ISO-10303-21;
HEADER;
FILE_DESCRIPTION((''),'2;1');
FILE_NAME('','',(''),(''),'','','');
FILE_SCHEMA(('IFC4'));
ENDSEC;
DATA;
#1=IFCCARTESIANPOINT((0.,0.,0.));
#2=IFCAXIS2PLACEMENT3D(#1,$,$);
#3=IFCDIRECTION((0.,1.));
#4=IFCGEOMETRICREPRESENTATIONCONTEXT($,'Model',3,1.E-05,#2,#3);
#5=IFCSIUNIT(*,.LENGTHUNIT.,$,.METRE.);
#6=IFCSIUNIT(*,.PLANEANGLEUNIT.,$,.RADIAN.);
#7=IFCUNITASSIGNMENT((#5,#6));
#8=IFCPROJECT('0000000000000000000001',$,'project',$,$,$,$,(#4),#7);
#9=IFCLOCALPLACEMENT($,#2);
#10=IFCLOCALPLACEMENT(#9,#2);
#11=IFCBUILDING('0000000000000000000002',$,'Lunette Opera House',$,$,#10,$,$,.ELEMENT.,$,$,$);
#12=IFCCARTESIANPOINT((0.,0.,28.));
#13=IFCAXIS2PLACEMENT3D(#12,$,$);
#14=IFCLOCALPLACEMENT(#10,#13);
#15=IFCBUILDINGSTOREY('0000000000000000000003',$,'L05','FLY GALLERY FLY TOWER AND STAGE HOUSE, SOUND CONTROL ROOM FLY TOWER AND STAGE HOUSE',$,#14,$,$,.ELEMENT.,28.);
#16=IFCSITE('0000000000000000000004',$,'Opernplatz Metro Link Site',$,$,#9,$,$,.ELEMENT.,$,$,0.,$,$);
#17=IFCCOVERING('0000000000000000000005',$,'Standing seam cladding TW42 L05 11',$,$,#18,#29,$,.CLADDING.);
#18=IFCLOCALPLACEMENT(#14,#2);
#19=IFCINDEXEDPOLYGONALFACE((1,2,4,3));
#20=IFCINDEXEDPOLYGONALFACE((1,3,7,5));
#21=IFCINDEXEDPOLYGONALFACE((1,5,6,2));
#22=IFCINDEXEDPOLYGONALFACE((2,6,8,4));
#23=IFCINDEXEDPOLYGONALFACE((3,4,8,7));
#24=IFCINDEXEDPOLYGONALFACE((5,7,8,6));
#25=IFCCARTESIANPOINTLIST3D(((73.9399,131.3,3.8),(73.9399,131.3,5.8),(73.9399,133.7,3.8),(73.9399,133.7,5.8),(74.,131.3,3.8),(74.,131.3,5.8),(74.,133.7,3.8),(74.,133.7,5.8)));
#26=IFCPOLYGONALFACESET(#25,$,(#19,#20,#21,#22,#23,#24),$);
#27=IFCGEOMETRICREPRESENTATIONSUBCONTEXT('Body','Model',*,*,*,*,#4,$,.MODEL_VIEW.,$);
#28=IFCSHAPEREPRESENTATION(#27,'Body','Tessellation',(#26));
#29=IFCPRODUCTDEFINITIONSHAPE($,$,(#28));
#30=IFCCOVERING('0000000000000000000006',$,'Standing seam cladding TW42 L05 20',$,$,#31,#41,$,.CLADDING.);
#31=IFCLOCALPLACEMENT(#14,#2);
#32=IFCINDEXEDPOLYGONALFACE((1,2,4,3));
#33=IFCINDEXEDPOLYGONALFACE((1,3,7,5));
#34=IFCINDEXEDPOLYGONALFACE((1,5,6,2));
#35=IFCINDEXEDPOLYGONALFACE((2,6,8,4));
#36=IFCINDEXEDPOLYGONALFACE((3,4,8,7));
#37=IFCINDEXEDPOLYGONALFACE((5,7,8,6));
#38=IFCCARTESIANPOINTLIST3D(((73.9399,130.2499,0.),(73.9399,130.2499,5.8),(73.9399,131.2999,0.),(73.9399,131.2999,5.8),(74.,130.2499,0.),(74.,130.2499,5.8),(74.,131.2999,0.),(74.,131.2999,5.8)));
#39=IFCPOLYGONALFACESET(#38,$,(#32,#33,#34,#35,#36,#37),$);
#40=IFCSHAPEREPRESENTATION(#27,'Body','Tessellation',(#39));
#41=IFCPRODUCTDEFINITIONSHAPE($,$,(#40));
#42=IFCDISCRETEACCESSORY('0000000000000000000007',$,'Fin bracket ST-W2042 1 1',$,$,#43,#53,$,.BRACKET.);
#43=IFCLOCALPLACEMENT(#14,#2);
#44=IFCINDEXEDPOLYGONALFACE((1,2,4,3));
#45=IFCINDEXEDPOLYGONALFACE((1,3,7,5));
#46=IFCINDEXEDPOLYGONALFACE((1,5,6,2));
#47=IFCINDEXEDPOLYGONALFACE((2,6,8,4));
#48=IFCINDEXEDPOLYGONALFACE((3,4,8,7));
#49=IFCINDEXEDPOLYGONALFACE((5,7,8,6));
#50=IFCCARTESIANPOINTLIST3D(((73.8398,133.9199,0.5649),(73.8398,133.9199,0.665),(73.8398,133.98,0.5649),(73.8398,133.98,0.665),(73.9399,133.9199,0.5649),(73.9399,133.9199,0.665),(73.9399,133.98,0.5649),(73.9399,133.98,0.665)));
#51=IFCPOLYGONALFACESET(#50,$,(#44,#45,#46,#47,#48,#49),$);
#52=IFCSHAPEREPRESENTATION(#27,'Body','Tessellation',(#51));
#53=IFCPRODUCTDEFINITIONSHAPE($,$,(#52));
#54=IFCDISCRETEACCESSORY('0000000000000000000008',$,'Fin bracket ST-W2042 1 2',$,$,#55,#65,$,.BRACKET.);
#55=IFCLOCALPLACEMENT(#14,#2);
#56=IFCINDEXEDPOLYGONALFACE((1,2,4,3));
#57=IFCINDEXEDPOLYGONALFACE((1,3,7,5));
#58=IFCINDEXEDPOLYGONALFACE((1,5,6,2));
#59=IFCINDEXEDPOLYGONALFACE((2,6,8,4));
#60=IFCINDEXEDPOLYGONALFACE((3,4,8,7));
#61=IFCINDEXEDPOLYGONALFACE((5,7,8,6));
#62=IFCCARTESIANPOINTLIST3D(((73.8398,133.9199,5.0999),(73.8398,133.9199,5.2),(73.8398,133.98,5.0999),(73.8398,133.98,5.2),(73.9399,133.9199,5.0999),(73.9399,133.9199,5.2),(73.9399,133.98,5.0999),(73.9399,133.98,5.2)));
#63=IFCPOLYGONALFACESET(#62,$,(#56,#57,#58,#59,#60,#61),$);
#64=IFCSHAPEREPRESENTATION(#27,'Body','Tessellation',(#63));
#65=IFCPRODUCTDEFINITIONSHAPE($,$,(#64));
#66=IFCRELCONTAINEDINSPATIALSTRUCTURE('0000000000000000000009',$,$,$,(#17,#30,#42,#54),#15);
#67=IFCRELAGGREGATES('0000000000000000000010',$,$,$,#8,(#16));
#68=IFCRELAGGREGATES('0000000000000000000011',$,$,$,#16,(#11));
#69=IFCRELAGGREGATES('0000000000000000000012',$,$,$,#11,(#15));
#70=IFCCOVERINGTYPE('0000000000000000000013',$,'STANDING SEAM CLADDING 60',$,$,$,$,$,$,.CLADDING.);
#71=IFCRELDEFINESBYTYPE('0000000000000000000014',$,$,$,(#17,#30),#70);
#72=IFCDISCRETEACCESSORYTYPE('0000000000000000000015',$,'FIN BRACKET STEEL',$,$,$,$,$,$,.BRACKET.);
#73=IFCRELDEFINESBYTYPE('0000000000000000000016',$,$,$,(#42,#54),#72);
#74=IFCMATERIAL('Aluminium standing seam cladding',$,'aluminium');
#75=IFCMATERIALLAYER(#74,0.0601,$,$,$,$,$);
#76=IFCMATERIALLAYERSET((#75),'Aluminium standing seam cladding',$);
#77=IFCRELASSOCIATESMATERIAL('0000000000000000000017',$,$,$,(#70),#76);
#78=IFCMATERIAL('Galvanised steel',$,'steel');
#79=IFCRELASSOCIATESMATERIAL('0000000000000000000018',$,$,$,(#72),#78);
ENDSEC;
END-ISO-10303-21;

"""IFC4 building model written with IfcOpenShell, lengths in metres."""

from ifc_helpers import new_model, si_unit, direction, frame, origin, origin_2d, place, context, subcontext, project, spatial, rectangle, extrude, material, layer, layer_set, type_object, element, save


model = new_model("IFC4")

# Units and contexts
model_context = context("Model", 3, precision=1e-05, world=origin(), true_north=direction((0.0, 1.0)))
body_context = subcontext(model_context, "Body", "Model", "MODEL_VIEW")
ifc_project = project(units=[si_unit("LENGTHUNIT", "METRE"), si_unit("PLANEANGLEUNIT", "RADIAN")], contexts=[model_context])

# Site, building, storey
site_placement = place(None, origin())
site = spatial("IfcSite", under=ifc_project, at=site_placement, Name="Opernplatz Metro Link Site", CompositionType="ELEMENT", RefElevation=0.0)
building_placement = place(site_placement, origin())
building = spatial("IfcBuilding", under=site, at=building_placement, Name="Lunette Opera House", CompositionType="ELEMENT")
storey_placement = place(building_placement, frame((0.0, 0.0, 28.0)))
storey = spatial("IfcBuildingStorey", under=building, at=storey_placement, Name="L05", Description="FLY GALLERY FLY TOWER AND STAGE HOUSE, SOUND CONTROL ROOM FLY TOWER AND STAGE HOUSE", CompositionType="ELEMENT", Elevation=28.0)

# Coverings
ifc_material_1 = material(Name="Aluminium standing seam cladding", Category="aluminium")
ifc_layer_1 = layer(ifc_material_1, 0.0601)
ifc_layer_set_1 = layer_set([ifc_layer_1], Name="Aluminium standing seam cladding")
covering_type = type_object("IfcCoveringType", Name="STANDING SEAM CLADDING 60", PredefinedType="CLADDING", material=ifc_layer_set_1)
covering_1_placement = place(storey_placement, frame((73.97, 132.5, 3.8), z_axis=(0.0, 0.0, 1.0), x_axis=(0.0, -1.0, 0.0)))
element("IfcCovering", 1, at=covering_1_placement, inside=storey, type_object=covering_type, Name="Standing seam cladding TW42 L05 11", PredefinedType="CLADDING", context=body_context, shape_type="SweptSolid", body=[
    extrude(rectangle(XDim=2.3999, YDim=0.0601, at=origin_2d()), origin(), (0.0, 0.0, 1.0), 2.0),
])
covering_2_placement = place(storey_placement, frame((73.97, 130.7749, 0.0), z_axis=(0.0, 0.0, 1.0), x_axis=(0.0, -1.0, 0.0)))
element("IfcCovering", 2, at=covering_2_placement, inside=storey, type_object=covering_type, Name="Standing seam cladding TW42 L05 20", PredefinedType="CLADDING", context=body_context, shape_type="SweptSolid", body=[
    extrude(rectangle(XDim=1.05, YDim=0.0601, at=origin_2d()), origin(), (0.0, 0.0, 1.0), 5.8),
])

# Discrete accessories
ifc_material_2 = material(Name="Galvanised steel", Category="steel")
discrete_accessory_type = type_object("IfcDiscreteAccessoryType", Name="FIN BRACKET STEEL", PredefinedType="BRACKET", material=ifc_material_2)
for number, where, z_axis, x_axis, name in (
    (3, (73.8899, 133.95, 0.5649), (0.0, 0.0, 1.0), (-1.0, 0.0, 0.0), "Fin bracket ST-W2042 1 1"),
    (4, (73.8899, 133.95, 5.0999), (0.0, 0.0, 1.0), (-1.0, 0.0, 0.0), "Fin bracket ST-W2042 1 2"),
):
    element("IfcDiscreteAccessory", number, at=place(storey_placement, frame(where, z_axis=z_axis, x_axis=x_axis)), inside=storey, type_object=discrete_accessory_type, Name=name, PredefinedType="BRACKET", context=body_context, shape_type="SweptSolid", body=[
        extrude(rectangle(XDim=0.1001, YDim=0.0601, at=origin_2d()), origin(), (0.0, 0.0, 1.0), 0.1001),
    ])

save(model, "model.ifc")
